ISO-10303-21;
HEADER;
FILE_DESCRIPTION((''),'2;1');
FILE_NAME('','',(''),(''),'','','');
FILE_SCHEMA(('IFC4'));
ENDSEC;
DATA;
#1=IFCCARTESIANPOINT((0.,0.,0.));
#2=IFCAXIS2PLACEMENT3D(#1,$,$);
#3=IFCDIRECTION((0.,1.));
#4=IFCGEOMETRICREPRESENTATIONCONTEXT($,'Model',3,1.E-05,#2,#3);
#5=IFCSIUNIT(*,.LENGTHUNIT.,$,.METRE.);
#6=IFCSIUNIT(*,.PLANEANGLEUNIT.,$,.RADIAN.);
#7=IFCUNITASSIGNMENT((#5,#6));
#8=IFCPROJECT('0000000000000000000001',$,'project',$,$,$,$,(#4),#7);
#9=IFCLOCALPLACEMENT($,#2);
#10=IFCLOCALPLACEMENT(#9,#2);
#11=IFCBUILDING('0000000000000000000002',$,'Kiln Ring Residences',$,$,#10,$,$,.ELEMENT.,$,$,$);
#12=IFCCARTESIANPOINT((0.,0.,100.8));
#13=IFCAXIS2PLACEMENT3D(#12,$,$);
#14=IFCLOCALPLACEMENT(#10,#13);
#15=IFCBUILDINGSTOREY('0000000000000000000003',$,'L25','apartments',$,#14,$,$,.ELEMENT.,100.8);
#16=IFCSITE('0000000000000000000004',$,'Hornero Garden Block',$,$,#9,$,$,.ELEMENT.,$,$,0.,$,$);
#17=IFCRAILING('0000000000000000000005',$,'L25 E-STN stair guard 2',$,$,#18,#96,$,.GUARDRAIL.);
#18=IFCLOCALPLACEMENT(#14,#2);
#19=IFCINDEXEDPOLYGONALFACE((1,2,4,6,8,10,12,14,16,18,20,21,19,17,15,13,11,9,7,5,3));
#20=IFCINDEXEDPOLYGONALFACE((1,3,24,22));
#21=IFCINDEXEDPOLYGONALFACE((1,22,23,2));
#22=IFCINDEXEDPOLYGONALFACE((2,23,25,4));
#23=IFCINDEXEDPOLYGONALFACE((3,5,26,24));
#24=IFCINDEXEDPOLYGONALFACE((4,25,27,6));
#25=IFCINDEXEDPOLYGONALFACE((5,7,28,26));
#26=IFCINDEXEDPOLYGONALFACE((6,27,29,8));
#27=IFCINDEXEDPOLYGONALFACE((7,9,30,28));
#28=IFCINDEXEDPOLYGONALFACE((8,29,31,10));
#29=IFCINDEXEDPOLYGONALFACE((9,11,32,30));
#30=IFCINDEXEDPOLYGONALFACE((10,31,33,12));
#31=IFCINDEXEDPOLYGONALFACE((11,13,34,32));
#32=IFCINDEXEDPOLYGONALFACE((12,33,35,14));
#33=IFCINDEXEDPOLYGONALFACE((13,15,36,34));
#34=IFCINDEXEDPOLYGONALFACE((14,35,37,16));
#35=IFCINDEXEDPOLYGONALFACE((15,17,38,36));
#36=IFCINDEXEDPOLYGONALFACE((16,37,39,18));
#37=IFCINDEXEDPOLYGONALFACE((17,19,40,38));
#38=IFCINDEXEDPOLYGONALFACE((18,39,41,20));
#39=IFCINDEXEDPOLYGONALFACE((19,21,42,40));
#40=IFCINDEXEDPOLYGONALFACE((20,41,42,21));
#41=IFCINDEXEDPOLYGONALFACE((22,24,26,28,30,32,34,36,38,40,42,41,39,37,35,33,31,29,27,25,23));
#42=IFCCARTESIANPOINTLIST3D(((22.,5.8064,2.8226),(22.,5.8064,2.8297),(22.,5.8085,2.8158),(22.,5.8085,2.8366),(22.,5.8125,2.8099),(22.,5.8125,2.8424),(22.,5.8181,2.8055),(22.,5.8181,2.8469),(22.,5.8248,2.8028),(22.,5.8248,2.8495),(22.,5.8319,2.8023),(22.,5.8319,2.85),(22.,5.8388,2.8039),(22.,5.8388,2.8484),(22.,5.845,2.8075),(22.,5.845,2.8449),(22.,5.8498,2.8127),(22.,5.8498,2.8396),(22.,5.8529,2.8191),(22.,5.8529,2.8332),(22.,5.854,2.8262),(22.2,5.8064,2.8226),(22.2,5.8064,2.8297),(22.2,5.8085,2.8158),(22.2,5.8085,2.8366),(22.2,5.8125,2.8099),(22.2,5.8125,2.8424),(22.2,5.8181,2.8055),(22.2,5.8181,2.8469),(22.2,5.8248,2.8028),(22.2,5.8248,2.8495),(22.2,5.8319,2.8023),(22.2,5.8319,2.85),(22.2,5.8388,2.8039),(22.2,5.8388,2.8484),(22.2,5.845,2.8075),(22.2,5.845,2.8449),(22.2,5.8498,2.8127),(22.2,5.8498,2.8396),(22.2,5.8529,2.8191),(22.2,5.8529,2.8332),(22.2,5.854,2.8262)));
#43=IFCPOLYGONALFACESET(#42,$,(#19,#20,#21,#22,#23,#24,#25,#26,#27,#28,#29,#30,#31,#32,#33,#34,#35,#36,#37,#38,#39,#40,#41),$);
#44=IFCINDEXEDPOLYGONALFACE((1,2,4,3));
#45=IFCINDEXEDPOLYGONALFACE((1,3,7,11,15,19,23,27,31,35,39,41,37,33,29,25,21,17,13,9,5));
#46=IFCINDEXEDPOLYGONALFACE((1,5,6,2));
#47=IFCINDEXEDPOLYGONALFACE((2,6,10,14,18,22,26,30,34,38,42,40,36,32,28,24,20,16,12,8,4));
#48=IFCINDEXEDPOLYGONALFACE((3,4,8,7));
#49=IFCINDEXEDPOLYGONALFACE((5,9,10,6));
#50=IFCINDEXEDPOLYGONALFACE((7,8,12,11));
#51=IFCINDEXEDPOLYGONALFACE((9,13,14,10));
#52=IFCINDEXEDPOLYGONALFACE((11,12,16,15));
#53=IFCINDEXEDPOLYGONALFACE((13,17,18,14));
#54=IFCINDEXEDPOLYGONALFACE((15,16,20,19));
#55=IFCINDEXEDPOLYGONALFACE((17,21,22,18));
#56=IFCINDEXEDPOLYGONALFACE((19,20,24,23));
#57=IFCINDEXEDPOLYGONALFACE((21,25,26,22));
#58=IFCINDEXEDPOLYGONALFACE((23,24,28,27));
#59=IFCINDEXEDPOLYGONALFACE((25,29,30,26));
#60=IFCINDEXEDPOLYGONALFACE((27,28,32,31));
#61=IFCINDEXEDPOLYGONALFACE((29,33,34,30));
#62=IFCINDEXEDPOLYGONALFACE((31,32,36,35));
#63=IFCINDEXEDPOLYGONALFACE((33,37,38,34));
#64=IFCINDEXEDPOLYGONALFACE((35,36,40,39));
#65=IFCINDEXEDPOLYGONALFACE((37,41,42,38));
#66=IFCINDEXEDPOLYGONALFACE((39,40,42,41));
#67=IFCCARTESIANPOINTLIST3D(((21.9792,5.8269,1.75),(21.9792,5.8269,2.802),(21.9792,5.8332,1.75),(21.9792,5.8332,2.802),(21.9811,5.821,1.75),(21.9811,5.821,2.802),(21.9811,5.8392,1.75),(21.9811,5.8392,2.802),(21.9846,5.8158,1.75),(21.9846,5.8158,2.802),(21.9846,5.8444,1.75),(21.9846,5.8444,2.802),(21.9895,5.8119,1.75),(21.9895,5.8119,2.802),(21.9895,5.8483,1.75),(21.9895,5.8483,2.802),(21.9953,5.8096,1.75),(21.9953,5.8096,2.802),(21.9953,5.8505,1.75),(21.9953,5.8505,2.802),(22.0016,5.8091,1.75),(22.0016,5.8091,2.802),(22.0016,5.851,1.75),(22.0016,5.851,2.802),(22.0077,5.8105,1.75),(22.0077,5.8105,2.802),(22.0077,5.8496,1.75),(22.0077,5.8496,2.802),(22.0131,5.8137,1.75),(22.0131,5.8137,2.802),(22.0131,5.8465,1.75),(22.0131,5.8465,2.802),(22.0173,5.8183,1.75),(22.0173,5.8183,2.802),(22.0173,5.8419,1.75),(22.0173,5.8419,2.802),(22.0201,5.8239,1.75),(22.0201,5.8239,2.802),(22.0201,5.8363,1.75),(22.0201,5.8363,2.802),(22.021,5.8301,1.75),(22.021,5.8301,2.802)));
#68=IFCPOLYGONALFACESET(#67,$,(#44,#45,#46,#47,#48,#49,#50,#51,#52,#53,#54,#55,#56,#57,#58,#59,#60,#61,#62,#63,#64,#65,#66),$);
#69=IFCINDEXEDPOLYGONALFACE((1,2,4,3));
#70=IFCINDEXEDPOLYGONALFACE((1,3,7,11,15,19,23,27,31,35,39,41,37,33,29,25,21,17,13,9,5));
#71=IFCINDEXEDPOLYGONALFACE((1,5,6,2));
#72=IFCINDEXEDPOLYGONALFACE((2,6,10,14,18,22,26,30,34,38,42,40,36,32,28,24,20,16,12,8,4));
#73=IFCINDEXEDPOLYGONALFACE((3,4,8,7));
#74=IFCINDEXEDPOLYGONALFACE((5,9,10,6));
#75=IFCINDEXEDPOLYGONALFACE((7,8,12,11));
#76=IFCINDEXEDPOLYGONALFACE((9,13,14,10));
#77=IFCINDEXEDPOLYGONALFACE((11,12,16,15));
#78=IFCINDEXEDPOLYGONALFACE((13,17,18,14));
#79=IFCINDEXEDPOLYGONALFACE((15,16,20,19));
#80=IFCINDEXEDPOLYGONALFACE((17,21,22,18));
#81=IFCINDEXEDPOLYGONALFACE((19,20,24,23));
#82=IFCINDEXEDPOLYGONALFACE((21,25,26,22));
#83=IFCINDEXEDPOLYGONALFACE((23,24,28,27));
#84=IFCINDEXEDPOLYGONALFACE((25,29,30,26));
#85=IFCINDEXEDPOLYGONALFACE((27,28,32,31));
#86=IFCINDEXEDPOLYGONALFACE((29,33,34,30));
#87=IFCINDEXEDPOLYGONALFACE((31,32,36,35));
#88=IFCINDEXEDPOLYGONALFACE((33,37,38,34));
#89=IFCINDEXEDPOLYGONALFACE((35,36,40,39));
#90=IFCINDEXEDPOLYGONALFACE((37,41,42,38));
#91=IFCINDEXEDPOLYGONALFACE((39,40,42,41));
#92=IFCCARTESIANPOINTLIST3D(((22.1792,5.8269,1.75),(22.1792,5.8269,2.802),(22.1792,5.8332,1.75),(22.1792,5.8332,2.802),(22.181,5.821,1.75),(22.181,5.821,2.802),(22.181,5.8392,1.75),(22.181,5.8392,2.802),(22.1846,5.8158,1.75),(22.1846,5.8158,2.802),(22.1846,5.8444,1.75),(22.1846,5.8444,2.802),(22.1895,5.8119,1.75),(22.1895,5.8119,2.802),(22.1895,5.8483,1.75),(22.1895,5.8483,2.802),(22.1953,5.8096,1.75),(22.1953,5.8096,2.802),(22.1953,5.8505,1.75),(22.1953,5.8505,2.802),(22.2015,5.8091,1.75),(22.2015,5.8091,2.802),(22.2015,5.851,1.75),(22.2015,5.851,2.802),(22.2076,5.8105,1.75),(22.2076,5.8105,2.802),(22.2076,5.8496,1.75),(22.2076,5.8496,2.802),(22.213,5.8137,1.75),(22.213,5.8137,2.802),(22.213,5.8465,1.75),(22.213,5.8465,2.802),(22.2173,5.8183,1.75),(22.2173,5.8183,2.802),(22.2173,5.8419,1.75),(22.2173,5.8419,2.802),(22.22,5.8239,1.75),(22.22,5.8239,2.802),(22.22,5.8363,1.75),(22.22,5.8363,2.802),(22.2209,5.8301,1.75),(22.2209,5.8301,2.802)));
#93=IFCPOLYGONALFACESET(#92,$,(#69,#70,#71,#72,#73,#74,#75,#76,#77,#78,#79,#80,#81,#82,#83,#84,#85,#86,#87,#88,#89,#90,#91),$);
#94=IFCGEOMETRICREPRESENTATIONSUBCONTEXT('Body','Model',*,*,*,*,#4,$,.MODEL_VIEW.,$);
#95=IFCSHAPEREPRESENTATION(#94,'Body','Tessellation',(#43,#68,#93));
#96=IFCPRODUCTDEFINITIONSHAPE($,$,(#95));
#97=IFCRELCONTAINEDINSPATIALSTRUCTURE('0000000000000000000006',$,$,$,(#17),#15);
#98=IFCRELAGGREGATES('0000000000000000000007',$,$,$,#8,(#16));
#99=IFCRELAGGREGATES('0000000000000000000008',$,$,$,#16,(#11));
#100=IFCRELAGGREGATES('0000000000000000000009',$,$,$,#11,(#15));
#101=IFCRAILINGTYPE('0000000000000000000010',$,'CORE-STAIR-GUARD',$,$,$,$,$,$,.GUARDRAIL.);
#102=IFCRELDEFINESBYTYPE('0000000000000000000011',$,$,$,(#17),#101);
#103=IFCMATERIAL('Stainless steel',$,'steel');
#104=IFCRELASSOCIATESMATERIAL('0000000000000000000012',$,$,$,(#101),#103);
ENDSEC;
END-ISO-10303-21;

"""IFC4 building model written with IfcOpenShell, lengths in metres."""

from ifc_helpers import new_model, si_unit, direction, frame, origin, origin_2d, place, context, subcontext, project, spatial, circle, extrude, material, type_object, element, save


model = new_model("IFC4")

# Units and contexts
model_context = context("Model", 3, precision=1e-05, world=origin(), true_north=direction((0.0, 1.0)))
body_context = subcontext(model_context, "Body", "Model", "MODEL_VIEW")
ifc_project = project(units=[si_unit("LENGTHUNIT", "METRE"), si_unit("PLANEANGLEUNIT", "RADIAN")], contexts=[model_context])

# Site, building, storey
site_placement = place(None, origin())
site = spatial("IfcSite", under=ifc_project, at=site_placement, Name="Hornero Garden Block", CompositionType="ELEMENT", RefElevation=0.0)
building_placement = place(site_placement, origin())
building = spatial("IfcBuilding", under=site, at=building_placement, Name="Kiln Ring Residences", CompositionType="ELEMENT")
storey_placement = place(building_placement, frame((0.0, 0.0, 100.8)))
storey = spatial("IfcBuildingStorey", under=building, at=storey_placement, Name="L25", Description="apartments", CompositionType="ELEMENT", Elevation=100.8)

# Railing
ifc_material_1 = material(Name="Stainless steel", Category="steel")
railing_type_1 = type_object("IfcRailingType", Name="CORE-STAIR-GUARD", PredefinedType="GUARDRAIL", material=ifc_material_1)
railing_1_placement = place(storey_placement, frame((22.0, 5.8301, 1.75)))
element("IfcRailing", 1, at=railing_1_placement, inside=storey, type_object=railing_type_1, Name="L25 E-STN stair guard 2", PredefinedType="GUARDRAIL", context=body_context, shape_type="SweptSolid", body=[
    extrude(circle(Radius=0.0239, at=origin_2d()), frame((0.0, 0.0, 1.0762), z_axis=(1.0, 0.0, 0.0), x_axis=(0.0, 1.0, 0.0)), (0.0, 0.0, 1.0), 0.2),
    extrude(circle(Radius=0.021, at=origin_2d()), origin(), (0.0, 0.0, 1.0), 1.052),
    extrude(circle(Radius=0.021, at=origin_2d()), frame((0.2, 0.0, 0.0)), (0.0, 0.0, 1.0), 1.052),
])

save(model, "model.ifc")
